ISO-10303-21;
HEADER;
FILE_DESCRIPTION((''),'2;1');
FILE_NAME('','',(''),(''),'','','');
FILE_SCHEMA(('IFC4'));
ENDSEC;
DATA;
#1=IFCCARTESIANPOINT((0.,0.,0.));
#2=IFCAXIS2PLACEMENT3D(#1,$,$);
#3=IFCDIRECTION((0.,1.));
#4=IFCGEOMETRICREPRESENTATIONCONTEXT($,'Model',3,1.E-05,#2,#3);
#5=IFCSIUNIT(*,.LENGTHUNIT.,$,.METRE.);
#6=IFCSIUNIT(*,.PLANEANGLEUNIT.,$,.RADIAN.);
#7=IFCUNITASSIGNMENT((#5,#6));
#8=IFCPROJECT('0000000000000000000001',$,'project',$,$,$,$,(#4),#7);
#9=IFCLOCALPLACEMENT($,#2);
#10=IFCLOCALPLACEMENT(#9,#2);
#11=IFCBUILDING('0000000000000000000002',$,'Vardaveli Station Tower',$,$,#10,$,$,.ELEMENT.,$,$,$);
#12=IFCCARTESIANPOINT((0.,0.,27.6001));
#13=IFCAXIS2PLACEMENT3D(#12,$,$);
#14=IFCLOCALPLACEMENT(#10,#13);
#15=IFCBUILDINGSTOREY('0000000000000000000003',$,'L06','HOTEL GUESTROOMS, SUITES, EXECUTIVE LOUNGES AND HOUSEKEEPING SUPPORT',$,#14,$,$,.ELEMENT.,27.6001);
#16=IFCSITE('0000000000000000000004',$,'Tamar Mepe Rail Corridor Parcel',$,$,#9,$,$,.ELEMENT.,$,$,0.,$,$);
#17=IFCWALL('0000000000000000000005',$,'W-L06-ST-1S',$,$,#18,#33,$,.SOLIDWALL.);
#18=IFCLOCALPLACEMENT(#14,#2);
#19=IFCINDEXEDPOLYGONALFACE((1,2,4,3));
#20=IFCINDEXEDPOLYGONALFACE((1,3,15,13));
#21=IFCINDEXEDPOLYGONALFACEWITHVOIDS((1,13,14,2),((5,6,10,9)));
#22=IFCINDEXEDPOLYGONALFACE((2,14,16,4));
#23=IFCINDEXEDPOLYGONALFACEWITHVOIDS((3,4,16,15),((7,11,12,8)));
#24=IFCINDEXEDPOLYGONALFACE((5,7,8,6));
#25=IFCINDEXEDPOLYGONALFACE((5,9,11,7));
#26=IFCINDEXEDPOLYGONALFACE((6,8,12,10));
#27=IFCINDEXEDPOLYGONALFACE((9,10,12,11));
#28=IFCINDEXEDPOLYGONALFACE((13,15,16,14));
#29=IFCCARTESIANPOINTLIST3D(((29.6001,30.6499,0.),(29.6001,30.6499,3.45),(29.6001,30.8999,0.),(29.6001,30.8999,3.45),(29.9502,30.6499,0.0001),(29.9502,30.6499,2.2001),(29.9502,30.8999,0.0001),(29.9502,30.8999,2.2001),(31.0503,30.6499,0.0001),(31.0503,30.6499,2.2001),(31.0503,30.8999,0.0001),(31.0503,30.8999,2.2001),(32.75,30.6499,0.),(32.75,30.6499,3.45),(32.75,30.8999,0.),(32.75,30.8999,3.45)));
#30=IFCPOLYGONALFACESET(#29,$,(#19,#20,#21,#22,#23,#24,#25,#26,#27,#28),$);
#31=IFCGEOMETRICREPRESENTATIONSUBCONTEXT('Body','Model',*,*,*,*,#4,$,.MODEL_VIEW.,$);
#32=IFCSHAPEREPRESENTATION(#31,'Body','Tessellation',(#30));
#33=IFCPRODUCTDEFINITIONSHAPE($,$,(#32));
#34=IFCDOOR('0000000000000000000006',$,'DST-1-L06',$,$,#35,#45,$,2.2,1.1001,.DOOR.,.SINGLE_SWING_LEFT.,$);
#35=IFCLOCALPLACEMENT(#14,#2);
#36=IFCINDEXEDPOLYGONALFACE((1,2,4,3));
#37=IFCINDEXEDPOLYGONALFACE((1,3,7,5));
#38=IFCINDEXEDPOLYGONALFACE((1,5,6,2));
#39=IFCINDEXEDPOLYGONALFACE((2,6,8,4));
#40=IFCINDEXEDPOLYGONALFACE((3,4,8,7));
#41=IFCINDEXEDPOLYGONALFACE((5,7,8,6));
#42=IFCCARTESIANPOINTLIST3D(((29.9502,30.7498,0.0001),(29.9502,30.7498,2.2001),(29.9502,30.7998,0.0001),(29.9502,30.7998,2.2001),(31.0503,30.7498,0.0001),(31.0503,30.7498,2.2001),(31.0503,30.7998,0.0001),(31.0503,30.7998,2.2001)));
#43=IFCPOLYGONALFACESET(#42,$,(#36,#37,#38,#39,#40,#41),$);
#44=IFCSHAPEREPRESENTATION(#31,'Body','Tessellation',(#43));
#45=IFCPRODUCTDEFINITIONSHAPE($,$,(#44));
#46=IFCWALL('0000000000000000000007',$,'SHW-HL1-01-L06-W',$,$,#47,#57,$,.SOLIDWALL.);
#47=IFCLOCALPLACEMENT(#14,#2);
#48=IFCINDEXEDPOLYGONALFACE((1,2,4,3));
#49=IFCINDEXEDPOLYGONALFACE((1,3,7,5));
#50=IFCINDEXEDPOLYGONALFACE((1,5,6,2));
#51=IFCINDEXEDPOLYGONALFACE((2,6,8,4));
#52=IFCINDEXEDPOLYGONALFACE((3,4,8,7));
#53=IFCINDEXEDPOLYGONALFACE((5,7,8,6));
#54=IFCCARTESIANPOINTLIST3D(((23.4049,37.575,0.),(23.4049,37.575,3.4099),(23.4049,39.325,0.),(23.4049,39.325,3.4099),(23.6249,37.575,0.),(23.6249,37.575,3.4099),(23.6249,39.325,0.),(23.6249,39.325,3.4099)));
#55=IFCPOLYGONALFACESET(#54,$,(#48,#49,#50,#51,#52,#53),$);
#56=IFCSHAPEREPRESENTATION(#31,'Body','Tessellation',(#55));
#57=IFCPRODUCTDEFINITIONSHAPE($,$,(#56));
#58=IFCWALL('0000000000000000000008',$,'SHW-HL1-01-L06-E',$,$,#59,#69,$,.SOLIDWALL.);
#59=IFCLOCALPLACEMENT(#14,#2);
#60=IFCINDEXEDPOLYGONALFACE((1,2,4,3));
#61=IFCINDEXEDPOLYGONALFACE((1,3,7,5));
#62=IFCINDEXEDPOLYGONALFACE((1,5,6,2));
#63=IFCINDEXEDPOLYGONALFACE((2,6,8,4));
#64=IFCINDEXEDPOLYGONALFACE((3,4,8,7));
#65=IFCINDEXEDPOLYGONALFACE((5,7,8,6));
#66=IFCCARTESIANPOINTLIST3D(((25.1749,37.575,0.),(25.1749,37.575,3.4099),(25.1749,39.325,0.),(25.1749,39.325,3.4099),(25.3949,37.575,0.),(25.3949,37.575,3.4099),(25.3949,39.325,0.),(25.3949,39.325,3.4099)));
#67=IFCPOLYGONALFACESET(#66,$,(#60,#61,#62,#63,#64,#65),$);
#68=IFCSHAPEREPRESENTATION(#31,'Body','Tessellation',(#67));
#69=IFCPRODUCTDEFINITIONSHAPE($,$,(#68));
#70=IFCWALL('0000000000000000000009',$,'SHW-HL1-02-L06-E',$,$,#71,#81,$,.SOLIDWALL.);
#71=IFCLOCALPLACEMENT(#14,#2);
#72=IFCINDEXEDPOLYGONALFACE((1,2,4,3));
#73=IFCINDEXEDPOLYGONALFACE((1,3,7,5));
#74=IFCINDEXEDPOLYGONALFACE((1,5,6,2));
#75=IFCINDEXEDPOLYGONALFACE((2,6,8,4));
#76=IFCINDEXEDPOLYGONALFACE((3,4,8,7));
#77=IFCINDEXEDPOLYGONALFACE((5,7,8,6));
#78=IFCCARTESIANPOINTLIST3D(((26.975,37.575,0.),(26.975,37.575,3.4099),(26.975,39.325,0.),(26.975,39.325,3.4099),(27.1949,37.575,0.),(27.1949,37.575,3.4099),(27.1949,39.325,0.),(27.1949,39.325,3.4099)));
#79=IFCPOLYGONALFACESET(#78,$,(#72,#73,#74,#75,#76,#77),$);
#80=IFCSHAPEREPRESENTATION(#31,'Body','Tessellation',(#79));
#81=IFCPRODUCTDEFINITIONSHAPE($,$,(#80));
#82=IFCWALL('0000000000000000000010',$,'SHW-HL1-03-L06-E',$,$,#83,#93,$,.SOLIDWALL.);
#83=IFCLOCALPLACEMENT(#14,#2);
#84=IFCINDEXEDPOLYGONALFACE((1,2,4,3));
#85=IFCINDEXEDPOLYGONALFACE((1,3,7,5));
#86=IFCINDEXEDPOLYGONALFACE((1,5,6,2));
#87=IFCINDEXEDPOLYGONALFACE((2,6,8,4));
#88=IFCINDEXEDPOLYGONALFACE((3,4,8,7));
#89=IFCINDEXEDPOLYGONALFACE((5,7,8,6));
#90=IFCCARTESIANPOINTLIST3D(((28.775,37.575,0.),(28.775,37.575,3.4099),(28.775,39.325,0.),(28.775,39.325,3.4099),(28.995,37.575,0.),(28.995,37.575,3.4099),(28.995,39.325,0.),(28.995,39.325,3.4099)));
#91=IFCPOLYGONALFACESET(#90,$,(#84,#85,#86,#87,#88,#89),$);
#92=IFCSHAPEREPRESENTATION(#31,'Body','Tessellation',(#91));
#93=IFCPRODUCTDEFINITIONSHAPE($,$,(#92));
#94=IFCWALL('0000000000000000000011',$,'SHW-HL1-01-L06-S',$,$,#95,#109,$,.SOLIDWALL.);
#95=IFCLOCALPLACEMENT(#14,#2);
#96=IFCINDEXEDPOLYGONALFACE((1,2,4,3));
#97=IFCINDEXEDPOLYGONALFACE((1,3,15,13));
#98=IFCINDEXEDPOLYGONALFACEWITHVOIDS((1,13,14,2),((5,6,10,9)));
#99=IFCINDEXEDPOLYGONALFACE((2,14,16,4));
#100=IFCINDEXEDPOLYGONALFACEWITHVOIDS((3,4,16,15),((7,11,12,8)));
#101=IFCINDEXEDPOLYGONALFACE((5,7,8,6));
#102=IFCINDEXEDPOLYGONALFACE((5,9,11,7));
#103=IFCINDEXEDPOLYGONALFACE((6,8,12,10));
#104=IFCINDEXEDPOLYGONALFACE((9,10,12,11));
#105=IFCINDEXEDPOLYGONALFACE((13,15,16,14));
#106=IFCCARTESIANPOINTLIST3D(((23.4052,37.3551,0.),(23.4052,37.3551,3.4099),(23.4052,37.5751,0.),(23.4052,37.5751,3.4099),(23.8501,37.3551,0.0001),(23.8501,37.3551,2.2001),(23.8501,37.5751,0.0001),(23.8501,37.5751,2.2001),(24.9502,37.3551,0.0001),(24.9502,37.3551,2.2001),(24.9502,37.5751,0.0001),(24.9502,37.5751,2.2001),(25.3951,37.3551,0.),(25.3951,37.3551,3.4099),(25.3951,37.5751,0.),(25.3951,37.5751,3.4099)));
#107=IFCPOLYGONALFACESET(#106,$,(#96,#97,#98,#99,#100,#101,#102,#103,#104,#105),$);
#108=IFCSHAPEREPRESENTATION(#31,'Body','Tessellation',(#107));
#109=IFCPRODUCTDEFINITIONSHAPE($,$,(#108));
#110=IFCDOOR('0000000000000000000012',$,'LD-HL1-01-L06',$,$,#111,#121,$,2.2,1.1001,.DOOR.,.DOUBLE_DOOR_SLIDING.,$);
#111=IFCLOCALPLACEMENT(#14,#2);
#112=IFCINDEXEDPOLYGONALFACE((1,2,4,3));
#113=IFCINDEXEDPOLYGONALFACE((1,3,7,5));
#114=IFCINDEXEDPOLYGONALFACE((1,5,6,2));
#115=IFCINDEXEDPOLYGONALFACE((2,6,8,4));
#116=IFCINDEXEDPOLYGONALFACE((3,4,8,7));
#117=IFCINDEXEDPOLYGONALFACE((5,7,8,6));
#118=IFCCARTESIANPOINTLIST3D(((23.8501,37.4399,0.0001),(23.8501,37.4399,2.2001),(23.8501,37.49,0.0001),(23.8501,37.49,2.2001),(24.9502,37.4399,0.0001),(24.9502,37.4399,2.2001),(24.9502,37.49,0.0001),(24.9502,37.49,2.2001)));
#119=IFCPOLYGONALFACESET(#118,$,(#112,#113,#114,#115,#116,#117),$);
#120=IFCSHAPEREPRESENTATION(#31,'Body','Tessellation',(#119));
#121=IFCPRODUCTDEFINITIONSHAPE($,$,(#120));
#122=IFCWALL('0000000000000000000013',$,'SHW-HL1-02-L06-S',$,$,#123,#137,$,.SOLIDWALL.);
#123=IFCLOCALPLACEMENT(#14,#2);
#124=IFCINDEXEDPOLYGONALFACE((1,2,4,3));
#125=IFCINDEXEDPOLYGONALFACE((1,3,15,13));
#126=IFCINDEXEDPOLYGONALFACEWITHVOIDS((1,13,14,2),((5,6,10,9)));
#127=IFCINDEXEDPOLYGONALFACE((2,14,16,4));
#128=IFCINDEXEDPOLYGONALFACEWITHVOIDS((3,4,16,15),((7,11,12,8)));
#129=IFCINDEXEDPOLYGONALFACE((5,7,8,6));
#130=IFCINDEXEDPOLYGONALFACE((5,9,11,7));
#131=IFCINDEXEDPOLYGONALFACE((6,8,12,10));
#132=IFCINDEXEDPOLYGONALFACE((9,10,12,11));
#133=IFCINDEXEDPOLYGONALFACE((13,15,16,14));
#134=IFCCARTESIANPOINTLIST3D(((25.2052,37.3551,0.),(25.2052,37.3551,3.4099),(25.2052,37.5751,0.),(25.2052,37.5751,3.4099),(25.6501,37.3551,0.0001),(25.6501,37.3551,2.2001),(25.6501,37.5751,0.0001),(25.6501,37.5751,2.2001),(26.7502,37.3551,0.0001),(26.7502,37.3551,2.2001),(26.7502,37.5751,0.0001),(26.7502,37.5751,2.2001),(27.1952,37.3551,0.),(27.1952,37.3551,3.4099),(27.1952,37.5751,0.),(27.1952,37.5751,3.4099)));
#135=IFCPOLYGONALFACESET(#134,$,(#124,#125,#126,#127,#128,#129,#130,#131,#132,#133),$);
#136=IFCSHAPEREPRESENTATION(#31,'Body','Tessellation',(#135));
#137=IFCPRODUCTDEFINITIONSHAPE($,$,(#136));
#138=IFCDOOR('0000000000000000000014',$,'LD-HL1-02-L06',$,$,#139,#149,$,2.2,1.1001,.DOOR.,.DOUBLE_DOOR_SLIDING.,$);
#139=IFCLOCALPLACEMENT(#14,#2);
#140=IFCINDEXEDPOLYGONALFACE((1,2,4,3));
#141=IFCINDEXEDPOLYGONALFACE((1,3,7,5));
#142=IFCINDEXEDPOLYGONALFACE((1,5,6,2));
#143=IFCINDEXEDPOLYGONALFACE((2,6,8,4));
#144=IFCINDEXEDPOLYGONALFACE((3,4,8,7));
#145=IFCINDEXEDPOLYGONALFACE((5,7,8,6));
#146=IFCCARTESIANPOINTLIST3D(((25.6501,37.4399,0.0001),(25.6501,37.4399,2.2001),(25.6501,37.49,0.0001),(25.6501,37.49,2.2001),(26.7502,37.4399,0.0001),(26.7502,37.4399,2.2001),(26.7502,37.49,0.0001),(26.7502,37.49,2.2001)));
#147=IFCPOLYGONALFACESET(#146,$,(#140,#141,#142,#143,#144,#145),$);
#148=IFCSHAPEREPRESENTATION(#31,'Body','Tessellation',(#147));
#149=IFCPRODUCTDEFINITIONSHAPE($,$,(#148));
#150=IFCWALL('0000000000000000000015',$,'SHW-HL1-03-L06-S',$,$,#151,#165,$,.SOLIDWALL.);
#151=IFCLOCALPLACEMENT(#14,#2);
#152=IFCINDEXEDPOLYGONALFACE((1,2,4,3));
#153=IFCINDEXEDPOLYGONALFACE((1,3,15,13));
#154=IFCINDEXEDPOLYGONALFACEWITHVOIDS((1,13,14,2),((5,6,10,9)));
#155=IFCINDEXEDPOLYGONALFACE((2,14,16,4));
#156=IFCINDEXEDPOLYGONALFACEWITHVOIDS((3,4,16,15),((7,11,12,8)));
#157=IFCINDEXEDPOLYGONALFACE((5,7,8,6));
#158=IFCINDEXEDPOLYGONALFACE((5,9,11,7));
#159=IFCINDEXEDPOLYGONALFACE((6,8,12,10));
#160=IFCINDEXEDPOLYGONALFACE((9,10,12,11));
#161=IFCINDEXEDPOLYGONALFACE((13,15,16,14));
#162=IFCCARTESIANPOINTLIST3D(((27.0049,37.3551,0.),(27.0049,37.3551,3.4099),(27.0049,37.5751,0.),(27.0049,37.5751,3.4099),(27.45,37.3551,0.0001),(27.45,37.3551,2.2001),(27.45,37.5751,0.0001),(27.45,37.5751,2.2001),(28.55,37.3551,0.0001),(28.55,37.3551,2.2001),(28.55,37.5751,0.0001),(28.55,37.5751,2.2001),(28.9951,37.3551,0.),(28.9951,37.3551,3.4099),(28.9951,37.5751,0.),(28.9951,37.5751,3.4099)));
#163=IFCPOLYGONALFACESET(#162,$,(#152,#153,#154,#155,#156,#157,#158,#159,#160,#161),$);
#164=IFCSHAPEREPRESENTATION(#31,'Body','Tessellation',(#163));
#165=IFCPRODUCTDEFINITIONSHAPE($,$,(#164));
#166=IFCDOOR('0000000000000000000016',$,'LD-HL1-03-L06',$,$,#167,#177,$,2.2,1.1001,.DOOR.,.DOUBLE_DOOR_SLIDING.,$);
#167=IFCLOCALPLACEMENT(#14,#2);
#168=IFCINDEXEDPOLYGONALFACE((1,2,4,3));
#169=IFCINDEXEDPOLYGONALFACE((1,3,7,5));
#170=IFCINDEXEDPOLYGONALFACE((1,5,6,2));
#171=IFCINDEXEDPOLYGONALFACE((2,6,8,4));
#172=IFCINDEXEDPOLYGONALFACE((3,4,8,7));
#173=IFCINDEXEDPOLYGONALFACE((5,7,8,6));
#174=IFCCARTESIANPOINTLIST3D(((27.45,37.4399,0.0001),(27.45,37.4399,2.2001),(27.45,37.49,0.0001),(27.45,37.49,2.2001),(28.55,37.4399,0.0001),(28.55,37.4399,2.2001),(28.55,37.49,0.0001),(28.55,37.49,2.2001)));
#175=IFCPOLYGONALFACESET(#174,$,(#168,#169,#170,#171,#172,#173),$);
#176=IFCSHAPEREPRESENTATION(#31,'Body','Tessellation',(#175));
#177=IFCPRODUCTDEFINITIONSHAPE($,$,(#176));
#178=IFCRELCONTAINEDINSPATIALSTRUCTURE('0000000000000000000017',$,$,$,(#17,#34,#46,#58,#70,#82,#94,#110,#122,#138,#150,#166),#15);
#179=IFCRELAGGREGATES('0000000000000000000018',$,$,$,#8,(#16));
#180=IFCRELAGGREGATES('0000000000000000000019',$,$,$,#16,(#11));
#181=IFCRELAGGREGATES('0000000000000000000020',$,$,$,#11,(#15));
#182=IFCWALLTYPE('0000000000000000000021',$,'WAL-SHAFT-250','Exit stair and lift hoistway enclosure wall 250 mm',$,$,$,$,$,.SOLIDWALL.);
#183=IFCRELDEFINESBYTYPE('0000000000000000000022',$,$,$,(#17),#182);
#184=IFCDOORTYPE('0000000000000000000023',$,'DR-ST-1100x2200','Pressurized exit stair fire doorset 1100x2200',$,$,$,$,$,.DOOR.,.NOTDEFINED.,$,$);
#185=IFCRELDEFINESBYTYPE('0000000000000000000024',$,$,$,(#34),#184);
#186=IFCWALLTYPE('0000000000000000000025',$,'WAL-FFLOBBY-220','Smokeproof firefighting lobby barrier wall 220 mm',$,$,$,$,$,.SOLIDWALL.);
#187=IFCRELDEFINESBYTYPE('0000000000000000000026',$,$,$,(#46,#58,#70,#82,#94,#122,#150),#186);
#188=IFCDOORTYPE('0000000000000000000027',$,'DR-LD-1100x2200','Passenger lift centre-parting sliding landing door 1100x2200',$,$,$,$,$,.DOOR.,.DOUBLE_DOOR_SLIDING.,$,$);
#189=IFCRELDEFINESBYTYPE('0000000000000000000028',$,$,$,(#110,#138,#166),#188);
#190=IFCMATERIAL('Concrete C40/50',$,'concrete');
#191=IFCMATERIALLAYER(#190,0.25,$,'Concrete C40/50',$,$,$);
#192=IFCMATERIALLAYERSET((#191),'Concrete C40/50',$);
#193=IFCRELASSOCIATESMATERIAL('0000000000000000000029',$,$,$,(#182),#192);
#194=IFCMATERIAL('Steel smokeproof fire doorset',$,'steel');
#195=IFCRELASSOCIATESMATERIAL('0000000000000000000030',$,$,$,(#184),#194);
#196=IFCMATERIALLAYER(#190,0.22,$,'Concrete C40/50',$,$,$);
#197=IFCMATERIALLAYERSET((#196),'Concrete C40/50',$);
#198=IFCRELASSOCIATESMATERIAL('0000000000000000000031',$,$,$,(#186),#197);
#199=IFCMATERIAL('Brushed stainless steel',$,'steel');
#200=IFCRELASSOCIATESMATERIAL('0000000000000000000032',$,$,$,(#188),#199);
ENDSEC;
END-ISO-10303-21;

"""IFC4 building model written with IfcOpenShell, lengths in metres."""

from ifc_helpers import new_model, si_unit, direction, frame, frame_2d, origin, place, context, subcontext, project, spatial, rectangle, extrude, source, transform, mapped, material, layer, layer_set, type_object, element, fill, save


model = new_model("IFC4")

# Units and contexts
model_context = context("Model", 3, precision=1e-05, world=origin(), true_north=direction((0.0, 1.0)))
body_context = subcontext(model_context, "Body", "Model", "MODEL_VIEW")
ifc_project = project(units=[si_unit("LENGTHUNIT", "METRE"), si_unit("PLANEANGLEUNIT", "RADIAN")], contexts=[model_context])

# Site, building, storey
site_placement = place(None, origin())
site = spatial("IfcSite", under=ifc_project, at=site_placement, Name="Tamar Mepe Rail Corridor Parcel", CompositionType="ELEMENT", RefElevation=0.0)
building_placement = place(site_placement, origin())
building = spatial("IfcBuilding", under=site, at=building_placement, Name="Vardaveli Station Tower", CompositionType="ELEMENT")
storey_placement = place(building_placement, frame((0.0, 0.0, 27.6001)))
storey = spatial("IfcBuildingStorey", under=building, at=storey_placement, Name="L06", Description="HOTEL GUESTROOMS, SUITES, EXECUTIVE LOUNGES AND HOUSEKEEPING SUPPORT", CompositionType="ELEMENT", Elevation=27.6001)

# Shared definitions
ifc_material_1 = material(Name="Concrete C40/50", Category="concrete")
ifc_layer_1 = layer(ifc_material_1, 0.25, Name="Concrete C40/50")
ifc_layer_set_1 = layer_set([ifc_layer_1], Name="Concrete C40/50")
wall_type_1 = type_object("IfcWallType", Name="WAL-SHAFT-250", Description="Exit stair and lift hoistway enclosure wall 250 mm", PredefinedType="SOLIDWALL", material=ifc_layer_set_1)
shared_shape_1 = source(origin(), body_context, "Body", "SweptSolid", [
    extrude(rectangle(XDim=3.1499, YDim=0.25, at=frame_2d((1.575, 0.0))), origin(), (0.0, 0.0, 1.0), 3.45),
])

# Wall, opening, door
wall_1_placement = place(storey_placement, frame((29.6001, 30.7749, 0.0), z_axis=(0.0, 0.0, 1.0), x_axis=(1.0, 0.0, 0.0)))
wall_1 = element("IfcWall", 1, at=wall_1_placement, inside=storey, type_object=wall_type_1, Name="W-L06-ST-1S", PredefinedType="SOLIDWALL", context=body_context, shape_type="MappedRepresentation", body=[
    mapped(shared_shape_1, transform((0.0, 0.0, 0.0), scale=1.0)),
])
shared_shape_2 = source(origin(), body_context, "Body", "SweptSolid", [
    extrude(rectangle(XDim=1.1001, YDim=2.2, at=frame_2d((0.55, 1.1001))), frame((0.0, 0.135, 0.0), z_axis=(0.0, -1.0, 0.0), x_axis=(1.0, 0.0, 0.0)), (0.0, 0.0, 1.0), 0.27),
])
opening_1_placement = place(wall_1_placement, frame((0.3501, 0.0, 0.0)))
opening_1 = element("IfcOpeningElement", 2, at=opening_1_placement, cuts=wall_1, PredefinedType="OPENING", context=body_context, shape_type="MappedRepresentation", body=[
    mapped(shared_shape_2, transform((0.0, 0.0, 0.0), scale=1.0)),
])
ifc_material_2 = material(Name="Steel smokeproof fire doorset", Category="steel")
door_type_1 = type_object("IfcDoorType", Name="DR-ST-1100x2200", Description="Pressurized exit stair fire doorset 1100x2200", OperationType="NOTDEFINED", PredefinedType="DOOR", material=ifc_material_2)
shared_shape_3 = source(origin(), body_context, "Body", "SweptSolid", [
    extrude(rectangle(XDim=1.1001, YDim=2.2, at=frame_2d((0.55, 1.1001))), frame((0.0, 0.0249, 0.0), z_axis=(0.0, -1.0, 0.0), x_axis=(1.0, 0.0, 0.0)), (0.0, 0.0, 1.0), 0.05),
])
door_1_placement = place(opening_1_placement, origin())
door_1 = element("IfcDoor", 3, at=door_1_placement, inside=storey, type_object=door_type_1, Name="DST-1-L06", OperationType="SINGLE_SWING_LEFT", OverallHeight=2.2, OverallWidth=1.1001, PredefinedType="DOOR", context=body_context, shape_type="MappedRepresentation", body=[
    mapped(shared_shape_3, transform((0.0, 0.0, 0.0), scale=1.0)),
])
fill(opening_1, door_1)

# Walls
ifc_layer_2 = layer(ifc_material_1, 0.22, Name="Concrete C40/50")
ifc_layer_set_2 = layer_set([ifc_layer_2], Name="Concrete C40/50")
wall_type_2 = type_object("IfcWallType", Name="WAL-FFLOBBY-220", Description="Smokeproof firefighting lobby barrier wall 220 mm", PredefinedType="SOLIDWALL", material=ifc_layer_set_2)
shared_shape_4 = source(origin(), body_context, "Body", "SweptSolid", [
    extrude(rectangle(XDim=1.75, YDim=0.22, at=frame_2d((0.875, 0.0))), origin(), (0.0, 0.0, 1.0), 3.4099),
])
for number, where, z_axis, x_axis, name in (
    (4, (23.5149, 37.575, 0.0), (0.0, 0.0, 1.0), (0.0, 1.0, 0.0), "SHW-HL1-01-L06-W"),
    (5, (25.2849, 37.575, 0.0), (0.0, 0.0, 1.0), (0.0, 1.0, 0.0), "SHW-HL1-01-L06-E"),
    (6, (27.085, 37.575, 0.0), (0.0, 0.0, 1.0), (0.0, 1.0, 0.0), "SHW-HL1-02-L06-E"),
    (7, (28.885, 37.575, 0.0), (0.0, 0.0, 1.0), (0.0, 1.0, 0.0), "SHW-HL1-03-L06-E"),
):
    element("IfcWall", number, at=place(storey_placement, frame(where, z_axis=z_axis, x_axis=x_axis)), inside=storey, type_object=wall_type_2, Name=name, PredefinedType="SOLIDWALL", context=body_context, shape_type="MappedRepresentation", body=[
        mapped(shared_shape_4, transform((0.0, 0.0, 0.0), scale=1.0)),
    ])

# Walls, openings, doors
shared_shape_5 = source(origin(), body_context, "Body", "SweptSolid", [
    extrude(rectangle(XDim=1.99, YDim=0.22, at=frame_2d((0.9951, 0.0))), origin(), (0.0, 0.0, 1.0), 3.4099),
])
wall_2_placement = place(storey_placement, frame((23.405, 37.4651, 0.0), z_axis=(0.0, 0.0, 1.0), x_axis=(1.0, 0.0, 0.0)))
wall_2 = element("IfcWall", 8, at=wall_2_placement, inside=storey, type_object=wall_type_2, Name="SHW-HL1-01-L06-S", PredefinedType="SOLIDWALL", context=body_context, shape_type="MappedRepresentation", body=[
    mapped(shared_shape_5, transform((0.0, 0.0, 0.0), scale=1.0)),
])
shared_shape_6 = source(origin(), body_context, "Body", "SweptSolid", [
    extrude(rectangle(XDim=1.1001, YDim=2.2, at=frame_2d((0.55, 1.1001))), frame((0.0, 0.1201, 0.0), z_axis=(0.0, -1.0, 0.0), x_axis=(1.0, 0.0, 0.0)), (0.0, 0.0, 1.0), 0.24),
])
opening_2_placement = place(wall_2_placement, frame((0.4451, 0.0, 0.0)))
opening_2 = element("IfcOpeningElement", 9, at=opening_2_placement, cuts=wall_2, PredefinedType="OPENING", context=body_context, shape_type="MappedRepresentation", body=[
    mapped(shared_shape_6, transform((0.0, 0.0, 0.0), scale=1.0)),
])
ifc_material_3 = material(Name="Brushed stainless steel", Category="steel")
door_type_2 = type_object("IfcDoorType", Name="DR-LD-1100x2200", Description="Passenger lift centre-parting sliding landing door 1100x2200", OperationType="DOUBLE_DOOR_SLIDING", PredefinedType="DOOR", material=ifc_material_3)
door_2_placement = place(opening_2_placement, origin())
door_2 = element("IfcDoor", 10, at=door_2_placement, inside=storey, type_object=door_type_2, Name="LD-HL1-01-L06", OperationType="DOUBLE_DOOR_SLIDING", OverallHeight=2.2, OverallWidth=1.1001, PredefinedType="DOOR", context=body_context, shape_type="MappedRepresentation", body=[
    mapped(shared_shape_3, transform((0.0, 0.0, 0.0), scale=1.0)),
])
fill(opening_2, door_2)
wall_3_placement = place(storey_placement, frame((25.2051, 37.4651, 0.0), z_axis=(0.0, 0.0, 1.0), x_axis=(1.0, 0.0, 0.0)))
wall_3 = element("IfcWall", 11, at=wall_3_placement, inside=storey, type_object=wall_type_2, Name="SHW-HL1-02-L06-S", PredefinedType="SOLIDWALL", context=body_context, shape_type="MappedRepresentation", body=[
    mapped(shared_shape_5, transform((0.0, 0.0, 0.0), scale=1.0)),
])
opening_3_placement = place(wall_3_placement, frame((0.4451, 0.0, 0.0)))
opening_3 = element("IfcOpeningElement", 12, at=opening_3_placement, cuts=wall_3, PredefinedType="OPENING", context=body_context, shape_type="MappedRepresentation", body=[
    mapped(shared_shape_6, transform((0.0, 0.0, 0.0), scale=1.0)),
])
door_3_placement = place(opening_3_placement, origin())
door_3 = element("IfcDoor", 13, at=door_3_placement, inside=storey, type_object=door_type_2, Name="LD-HL1-02-L06", OperationType="DOUBLE_DOOR_SLIDING", OverallHeight=2.2, OverallWidth=1.1001, PredefinedType="DOOR", context=body_context, shape_type="MappedRepresentation", body=[
    mapped(shared_shape_3, transform((0.0, 0.0, 0.0), scale=1.0)),
])
fill(opening_3, door_3)
shared_shape_7 = source(origin(), body_context, "Body", "SweptSolid", [
    extrude(rectangle(XDim=1.9902, YDim=0.22, at=frame_2d((0.9951, 0.0))), origin(), (0.0, 0.0, 1.0), 3.4099),
])
wall_4_placement = place(storey_placement, frame((27.0049, 37.4651, 0.0), z_axis=(0.0, 0.0, 1.0), x_axis=(1.0, 0.0, 0.0)))
wall_4 = element("IfcWall", 14, at=wall_4_placement, inside=storey, type_object=wall_type_2, Name="SHW-HL1-03-L06-S", PredefinedType="SOLIDWALL", context=body_context, shape_type="MappedRepresentation", body=[
    mapped(shared_shape_7, transform((0.0, 0.0, 0.0), scale=1.0)),
])
opening_4_placement = place(wall_4_placement, frame((0.4451, 0.0, 0.0)))
opening_4 = element("IfcOpeningElement", 15, at=opening_4_placement, cuts=wall_4, PredefinedType="OPENING", context=body_context, shape_type="MappedRepresentation", body=[
    mapped(shared_shape_6, transform((0.0, 0.0, 0.0), scale=1.0)),
])
door_4_placement = place(opening_4_placement, origin())
door_4 = element("IfcDoor", 16, at=door_4_placement, inside=storey, type_object=door_type_2, Name="LD-HL1-03-L06", OperationType="DOUBLE_DOOR_SLIDING", OverallHeight=2.2, OverallWidth=1.1001, PredefinedType="DOOR", context=body_context, shape_type="MappedRepresentation", body=[
    mapped(shared_shape_3, transform((0.0, 0.0, 0.0), scale=1.0)),
])
fill(opening_4, door_4)

save(model, "model.ifc")
